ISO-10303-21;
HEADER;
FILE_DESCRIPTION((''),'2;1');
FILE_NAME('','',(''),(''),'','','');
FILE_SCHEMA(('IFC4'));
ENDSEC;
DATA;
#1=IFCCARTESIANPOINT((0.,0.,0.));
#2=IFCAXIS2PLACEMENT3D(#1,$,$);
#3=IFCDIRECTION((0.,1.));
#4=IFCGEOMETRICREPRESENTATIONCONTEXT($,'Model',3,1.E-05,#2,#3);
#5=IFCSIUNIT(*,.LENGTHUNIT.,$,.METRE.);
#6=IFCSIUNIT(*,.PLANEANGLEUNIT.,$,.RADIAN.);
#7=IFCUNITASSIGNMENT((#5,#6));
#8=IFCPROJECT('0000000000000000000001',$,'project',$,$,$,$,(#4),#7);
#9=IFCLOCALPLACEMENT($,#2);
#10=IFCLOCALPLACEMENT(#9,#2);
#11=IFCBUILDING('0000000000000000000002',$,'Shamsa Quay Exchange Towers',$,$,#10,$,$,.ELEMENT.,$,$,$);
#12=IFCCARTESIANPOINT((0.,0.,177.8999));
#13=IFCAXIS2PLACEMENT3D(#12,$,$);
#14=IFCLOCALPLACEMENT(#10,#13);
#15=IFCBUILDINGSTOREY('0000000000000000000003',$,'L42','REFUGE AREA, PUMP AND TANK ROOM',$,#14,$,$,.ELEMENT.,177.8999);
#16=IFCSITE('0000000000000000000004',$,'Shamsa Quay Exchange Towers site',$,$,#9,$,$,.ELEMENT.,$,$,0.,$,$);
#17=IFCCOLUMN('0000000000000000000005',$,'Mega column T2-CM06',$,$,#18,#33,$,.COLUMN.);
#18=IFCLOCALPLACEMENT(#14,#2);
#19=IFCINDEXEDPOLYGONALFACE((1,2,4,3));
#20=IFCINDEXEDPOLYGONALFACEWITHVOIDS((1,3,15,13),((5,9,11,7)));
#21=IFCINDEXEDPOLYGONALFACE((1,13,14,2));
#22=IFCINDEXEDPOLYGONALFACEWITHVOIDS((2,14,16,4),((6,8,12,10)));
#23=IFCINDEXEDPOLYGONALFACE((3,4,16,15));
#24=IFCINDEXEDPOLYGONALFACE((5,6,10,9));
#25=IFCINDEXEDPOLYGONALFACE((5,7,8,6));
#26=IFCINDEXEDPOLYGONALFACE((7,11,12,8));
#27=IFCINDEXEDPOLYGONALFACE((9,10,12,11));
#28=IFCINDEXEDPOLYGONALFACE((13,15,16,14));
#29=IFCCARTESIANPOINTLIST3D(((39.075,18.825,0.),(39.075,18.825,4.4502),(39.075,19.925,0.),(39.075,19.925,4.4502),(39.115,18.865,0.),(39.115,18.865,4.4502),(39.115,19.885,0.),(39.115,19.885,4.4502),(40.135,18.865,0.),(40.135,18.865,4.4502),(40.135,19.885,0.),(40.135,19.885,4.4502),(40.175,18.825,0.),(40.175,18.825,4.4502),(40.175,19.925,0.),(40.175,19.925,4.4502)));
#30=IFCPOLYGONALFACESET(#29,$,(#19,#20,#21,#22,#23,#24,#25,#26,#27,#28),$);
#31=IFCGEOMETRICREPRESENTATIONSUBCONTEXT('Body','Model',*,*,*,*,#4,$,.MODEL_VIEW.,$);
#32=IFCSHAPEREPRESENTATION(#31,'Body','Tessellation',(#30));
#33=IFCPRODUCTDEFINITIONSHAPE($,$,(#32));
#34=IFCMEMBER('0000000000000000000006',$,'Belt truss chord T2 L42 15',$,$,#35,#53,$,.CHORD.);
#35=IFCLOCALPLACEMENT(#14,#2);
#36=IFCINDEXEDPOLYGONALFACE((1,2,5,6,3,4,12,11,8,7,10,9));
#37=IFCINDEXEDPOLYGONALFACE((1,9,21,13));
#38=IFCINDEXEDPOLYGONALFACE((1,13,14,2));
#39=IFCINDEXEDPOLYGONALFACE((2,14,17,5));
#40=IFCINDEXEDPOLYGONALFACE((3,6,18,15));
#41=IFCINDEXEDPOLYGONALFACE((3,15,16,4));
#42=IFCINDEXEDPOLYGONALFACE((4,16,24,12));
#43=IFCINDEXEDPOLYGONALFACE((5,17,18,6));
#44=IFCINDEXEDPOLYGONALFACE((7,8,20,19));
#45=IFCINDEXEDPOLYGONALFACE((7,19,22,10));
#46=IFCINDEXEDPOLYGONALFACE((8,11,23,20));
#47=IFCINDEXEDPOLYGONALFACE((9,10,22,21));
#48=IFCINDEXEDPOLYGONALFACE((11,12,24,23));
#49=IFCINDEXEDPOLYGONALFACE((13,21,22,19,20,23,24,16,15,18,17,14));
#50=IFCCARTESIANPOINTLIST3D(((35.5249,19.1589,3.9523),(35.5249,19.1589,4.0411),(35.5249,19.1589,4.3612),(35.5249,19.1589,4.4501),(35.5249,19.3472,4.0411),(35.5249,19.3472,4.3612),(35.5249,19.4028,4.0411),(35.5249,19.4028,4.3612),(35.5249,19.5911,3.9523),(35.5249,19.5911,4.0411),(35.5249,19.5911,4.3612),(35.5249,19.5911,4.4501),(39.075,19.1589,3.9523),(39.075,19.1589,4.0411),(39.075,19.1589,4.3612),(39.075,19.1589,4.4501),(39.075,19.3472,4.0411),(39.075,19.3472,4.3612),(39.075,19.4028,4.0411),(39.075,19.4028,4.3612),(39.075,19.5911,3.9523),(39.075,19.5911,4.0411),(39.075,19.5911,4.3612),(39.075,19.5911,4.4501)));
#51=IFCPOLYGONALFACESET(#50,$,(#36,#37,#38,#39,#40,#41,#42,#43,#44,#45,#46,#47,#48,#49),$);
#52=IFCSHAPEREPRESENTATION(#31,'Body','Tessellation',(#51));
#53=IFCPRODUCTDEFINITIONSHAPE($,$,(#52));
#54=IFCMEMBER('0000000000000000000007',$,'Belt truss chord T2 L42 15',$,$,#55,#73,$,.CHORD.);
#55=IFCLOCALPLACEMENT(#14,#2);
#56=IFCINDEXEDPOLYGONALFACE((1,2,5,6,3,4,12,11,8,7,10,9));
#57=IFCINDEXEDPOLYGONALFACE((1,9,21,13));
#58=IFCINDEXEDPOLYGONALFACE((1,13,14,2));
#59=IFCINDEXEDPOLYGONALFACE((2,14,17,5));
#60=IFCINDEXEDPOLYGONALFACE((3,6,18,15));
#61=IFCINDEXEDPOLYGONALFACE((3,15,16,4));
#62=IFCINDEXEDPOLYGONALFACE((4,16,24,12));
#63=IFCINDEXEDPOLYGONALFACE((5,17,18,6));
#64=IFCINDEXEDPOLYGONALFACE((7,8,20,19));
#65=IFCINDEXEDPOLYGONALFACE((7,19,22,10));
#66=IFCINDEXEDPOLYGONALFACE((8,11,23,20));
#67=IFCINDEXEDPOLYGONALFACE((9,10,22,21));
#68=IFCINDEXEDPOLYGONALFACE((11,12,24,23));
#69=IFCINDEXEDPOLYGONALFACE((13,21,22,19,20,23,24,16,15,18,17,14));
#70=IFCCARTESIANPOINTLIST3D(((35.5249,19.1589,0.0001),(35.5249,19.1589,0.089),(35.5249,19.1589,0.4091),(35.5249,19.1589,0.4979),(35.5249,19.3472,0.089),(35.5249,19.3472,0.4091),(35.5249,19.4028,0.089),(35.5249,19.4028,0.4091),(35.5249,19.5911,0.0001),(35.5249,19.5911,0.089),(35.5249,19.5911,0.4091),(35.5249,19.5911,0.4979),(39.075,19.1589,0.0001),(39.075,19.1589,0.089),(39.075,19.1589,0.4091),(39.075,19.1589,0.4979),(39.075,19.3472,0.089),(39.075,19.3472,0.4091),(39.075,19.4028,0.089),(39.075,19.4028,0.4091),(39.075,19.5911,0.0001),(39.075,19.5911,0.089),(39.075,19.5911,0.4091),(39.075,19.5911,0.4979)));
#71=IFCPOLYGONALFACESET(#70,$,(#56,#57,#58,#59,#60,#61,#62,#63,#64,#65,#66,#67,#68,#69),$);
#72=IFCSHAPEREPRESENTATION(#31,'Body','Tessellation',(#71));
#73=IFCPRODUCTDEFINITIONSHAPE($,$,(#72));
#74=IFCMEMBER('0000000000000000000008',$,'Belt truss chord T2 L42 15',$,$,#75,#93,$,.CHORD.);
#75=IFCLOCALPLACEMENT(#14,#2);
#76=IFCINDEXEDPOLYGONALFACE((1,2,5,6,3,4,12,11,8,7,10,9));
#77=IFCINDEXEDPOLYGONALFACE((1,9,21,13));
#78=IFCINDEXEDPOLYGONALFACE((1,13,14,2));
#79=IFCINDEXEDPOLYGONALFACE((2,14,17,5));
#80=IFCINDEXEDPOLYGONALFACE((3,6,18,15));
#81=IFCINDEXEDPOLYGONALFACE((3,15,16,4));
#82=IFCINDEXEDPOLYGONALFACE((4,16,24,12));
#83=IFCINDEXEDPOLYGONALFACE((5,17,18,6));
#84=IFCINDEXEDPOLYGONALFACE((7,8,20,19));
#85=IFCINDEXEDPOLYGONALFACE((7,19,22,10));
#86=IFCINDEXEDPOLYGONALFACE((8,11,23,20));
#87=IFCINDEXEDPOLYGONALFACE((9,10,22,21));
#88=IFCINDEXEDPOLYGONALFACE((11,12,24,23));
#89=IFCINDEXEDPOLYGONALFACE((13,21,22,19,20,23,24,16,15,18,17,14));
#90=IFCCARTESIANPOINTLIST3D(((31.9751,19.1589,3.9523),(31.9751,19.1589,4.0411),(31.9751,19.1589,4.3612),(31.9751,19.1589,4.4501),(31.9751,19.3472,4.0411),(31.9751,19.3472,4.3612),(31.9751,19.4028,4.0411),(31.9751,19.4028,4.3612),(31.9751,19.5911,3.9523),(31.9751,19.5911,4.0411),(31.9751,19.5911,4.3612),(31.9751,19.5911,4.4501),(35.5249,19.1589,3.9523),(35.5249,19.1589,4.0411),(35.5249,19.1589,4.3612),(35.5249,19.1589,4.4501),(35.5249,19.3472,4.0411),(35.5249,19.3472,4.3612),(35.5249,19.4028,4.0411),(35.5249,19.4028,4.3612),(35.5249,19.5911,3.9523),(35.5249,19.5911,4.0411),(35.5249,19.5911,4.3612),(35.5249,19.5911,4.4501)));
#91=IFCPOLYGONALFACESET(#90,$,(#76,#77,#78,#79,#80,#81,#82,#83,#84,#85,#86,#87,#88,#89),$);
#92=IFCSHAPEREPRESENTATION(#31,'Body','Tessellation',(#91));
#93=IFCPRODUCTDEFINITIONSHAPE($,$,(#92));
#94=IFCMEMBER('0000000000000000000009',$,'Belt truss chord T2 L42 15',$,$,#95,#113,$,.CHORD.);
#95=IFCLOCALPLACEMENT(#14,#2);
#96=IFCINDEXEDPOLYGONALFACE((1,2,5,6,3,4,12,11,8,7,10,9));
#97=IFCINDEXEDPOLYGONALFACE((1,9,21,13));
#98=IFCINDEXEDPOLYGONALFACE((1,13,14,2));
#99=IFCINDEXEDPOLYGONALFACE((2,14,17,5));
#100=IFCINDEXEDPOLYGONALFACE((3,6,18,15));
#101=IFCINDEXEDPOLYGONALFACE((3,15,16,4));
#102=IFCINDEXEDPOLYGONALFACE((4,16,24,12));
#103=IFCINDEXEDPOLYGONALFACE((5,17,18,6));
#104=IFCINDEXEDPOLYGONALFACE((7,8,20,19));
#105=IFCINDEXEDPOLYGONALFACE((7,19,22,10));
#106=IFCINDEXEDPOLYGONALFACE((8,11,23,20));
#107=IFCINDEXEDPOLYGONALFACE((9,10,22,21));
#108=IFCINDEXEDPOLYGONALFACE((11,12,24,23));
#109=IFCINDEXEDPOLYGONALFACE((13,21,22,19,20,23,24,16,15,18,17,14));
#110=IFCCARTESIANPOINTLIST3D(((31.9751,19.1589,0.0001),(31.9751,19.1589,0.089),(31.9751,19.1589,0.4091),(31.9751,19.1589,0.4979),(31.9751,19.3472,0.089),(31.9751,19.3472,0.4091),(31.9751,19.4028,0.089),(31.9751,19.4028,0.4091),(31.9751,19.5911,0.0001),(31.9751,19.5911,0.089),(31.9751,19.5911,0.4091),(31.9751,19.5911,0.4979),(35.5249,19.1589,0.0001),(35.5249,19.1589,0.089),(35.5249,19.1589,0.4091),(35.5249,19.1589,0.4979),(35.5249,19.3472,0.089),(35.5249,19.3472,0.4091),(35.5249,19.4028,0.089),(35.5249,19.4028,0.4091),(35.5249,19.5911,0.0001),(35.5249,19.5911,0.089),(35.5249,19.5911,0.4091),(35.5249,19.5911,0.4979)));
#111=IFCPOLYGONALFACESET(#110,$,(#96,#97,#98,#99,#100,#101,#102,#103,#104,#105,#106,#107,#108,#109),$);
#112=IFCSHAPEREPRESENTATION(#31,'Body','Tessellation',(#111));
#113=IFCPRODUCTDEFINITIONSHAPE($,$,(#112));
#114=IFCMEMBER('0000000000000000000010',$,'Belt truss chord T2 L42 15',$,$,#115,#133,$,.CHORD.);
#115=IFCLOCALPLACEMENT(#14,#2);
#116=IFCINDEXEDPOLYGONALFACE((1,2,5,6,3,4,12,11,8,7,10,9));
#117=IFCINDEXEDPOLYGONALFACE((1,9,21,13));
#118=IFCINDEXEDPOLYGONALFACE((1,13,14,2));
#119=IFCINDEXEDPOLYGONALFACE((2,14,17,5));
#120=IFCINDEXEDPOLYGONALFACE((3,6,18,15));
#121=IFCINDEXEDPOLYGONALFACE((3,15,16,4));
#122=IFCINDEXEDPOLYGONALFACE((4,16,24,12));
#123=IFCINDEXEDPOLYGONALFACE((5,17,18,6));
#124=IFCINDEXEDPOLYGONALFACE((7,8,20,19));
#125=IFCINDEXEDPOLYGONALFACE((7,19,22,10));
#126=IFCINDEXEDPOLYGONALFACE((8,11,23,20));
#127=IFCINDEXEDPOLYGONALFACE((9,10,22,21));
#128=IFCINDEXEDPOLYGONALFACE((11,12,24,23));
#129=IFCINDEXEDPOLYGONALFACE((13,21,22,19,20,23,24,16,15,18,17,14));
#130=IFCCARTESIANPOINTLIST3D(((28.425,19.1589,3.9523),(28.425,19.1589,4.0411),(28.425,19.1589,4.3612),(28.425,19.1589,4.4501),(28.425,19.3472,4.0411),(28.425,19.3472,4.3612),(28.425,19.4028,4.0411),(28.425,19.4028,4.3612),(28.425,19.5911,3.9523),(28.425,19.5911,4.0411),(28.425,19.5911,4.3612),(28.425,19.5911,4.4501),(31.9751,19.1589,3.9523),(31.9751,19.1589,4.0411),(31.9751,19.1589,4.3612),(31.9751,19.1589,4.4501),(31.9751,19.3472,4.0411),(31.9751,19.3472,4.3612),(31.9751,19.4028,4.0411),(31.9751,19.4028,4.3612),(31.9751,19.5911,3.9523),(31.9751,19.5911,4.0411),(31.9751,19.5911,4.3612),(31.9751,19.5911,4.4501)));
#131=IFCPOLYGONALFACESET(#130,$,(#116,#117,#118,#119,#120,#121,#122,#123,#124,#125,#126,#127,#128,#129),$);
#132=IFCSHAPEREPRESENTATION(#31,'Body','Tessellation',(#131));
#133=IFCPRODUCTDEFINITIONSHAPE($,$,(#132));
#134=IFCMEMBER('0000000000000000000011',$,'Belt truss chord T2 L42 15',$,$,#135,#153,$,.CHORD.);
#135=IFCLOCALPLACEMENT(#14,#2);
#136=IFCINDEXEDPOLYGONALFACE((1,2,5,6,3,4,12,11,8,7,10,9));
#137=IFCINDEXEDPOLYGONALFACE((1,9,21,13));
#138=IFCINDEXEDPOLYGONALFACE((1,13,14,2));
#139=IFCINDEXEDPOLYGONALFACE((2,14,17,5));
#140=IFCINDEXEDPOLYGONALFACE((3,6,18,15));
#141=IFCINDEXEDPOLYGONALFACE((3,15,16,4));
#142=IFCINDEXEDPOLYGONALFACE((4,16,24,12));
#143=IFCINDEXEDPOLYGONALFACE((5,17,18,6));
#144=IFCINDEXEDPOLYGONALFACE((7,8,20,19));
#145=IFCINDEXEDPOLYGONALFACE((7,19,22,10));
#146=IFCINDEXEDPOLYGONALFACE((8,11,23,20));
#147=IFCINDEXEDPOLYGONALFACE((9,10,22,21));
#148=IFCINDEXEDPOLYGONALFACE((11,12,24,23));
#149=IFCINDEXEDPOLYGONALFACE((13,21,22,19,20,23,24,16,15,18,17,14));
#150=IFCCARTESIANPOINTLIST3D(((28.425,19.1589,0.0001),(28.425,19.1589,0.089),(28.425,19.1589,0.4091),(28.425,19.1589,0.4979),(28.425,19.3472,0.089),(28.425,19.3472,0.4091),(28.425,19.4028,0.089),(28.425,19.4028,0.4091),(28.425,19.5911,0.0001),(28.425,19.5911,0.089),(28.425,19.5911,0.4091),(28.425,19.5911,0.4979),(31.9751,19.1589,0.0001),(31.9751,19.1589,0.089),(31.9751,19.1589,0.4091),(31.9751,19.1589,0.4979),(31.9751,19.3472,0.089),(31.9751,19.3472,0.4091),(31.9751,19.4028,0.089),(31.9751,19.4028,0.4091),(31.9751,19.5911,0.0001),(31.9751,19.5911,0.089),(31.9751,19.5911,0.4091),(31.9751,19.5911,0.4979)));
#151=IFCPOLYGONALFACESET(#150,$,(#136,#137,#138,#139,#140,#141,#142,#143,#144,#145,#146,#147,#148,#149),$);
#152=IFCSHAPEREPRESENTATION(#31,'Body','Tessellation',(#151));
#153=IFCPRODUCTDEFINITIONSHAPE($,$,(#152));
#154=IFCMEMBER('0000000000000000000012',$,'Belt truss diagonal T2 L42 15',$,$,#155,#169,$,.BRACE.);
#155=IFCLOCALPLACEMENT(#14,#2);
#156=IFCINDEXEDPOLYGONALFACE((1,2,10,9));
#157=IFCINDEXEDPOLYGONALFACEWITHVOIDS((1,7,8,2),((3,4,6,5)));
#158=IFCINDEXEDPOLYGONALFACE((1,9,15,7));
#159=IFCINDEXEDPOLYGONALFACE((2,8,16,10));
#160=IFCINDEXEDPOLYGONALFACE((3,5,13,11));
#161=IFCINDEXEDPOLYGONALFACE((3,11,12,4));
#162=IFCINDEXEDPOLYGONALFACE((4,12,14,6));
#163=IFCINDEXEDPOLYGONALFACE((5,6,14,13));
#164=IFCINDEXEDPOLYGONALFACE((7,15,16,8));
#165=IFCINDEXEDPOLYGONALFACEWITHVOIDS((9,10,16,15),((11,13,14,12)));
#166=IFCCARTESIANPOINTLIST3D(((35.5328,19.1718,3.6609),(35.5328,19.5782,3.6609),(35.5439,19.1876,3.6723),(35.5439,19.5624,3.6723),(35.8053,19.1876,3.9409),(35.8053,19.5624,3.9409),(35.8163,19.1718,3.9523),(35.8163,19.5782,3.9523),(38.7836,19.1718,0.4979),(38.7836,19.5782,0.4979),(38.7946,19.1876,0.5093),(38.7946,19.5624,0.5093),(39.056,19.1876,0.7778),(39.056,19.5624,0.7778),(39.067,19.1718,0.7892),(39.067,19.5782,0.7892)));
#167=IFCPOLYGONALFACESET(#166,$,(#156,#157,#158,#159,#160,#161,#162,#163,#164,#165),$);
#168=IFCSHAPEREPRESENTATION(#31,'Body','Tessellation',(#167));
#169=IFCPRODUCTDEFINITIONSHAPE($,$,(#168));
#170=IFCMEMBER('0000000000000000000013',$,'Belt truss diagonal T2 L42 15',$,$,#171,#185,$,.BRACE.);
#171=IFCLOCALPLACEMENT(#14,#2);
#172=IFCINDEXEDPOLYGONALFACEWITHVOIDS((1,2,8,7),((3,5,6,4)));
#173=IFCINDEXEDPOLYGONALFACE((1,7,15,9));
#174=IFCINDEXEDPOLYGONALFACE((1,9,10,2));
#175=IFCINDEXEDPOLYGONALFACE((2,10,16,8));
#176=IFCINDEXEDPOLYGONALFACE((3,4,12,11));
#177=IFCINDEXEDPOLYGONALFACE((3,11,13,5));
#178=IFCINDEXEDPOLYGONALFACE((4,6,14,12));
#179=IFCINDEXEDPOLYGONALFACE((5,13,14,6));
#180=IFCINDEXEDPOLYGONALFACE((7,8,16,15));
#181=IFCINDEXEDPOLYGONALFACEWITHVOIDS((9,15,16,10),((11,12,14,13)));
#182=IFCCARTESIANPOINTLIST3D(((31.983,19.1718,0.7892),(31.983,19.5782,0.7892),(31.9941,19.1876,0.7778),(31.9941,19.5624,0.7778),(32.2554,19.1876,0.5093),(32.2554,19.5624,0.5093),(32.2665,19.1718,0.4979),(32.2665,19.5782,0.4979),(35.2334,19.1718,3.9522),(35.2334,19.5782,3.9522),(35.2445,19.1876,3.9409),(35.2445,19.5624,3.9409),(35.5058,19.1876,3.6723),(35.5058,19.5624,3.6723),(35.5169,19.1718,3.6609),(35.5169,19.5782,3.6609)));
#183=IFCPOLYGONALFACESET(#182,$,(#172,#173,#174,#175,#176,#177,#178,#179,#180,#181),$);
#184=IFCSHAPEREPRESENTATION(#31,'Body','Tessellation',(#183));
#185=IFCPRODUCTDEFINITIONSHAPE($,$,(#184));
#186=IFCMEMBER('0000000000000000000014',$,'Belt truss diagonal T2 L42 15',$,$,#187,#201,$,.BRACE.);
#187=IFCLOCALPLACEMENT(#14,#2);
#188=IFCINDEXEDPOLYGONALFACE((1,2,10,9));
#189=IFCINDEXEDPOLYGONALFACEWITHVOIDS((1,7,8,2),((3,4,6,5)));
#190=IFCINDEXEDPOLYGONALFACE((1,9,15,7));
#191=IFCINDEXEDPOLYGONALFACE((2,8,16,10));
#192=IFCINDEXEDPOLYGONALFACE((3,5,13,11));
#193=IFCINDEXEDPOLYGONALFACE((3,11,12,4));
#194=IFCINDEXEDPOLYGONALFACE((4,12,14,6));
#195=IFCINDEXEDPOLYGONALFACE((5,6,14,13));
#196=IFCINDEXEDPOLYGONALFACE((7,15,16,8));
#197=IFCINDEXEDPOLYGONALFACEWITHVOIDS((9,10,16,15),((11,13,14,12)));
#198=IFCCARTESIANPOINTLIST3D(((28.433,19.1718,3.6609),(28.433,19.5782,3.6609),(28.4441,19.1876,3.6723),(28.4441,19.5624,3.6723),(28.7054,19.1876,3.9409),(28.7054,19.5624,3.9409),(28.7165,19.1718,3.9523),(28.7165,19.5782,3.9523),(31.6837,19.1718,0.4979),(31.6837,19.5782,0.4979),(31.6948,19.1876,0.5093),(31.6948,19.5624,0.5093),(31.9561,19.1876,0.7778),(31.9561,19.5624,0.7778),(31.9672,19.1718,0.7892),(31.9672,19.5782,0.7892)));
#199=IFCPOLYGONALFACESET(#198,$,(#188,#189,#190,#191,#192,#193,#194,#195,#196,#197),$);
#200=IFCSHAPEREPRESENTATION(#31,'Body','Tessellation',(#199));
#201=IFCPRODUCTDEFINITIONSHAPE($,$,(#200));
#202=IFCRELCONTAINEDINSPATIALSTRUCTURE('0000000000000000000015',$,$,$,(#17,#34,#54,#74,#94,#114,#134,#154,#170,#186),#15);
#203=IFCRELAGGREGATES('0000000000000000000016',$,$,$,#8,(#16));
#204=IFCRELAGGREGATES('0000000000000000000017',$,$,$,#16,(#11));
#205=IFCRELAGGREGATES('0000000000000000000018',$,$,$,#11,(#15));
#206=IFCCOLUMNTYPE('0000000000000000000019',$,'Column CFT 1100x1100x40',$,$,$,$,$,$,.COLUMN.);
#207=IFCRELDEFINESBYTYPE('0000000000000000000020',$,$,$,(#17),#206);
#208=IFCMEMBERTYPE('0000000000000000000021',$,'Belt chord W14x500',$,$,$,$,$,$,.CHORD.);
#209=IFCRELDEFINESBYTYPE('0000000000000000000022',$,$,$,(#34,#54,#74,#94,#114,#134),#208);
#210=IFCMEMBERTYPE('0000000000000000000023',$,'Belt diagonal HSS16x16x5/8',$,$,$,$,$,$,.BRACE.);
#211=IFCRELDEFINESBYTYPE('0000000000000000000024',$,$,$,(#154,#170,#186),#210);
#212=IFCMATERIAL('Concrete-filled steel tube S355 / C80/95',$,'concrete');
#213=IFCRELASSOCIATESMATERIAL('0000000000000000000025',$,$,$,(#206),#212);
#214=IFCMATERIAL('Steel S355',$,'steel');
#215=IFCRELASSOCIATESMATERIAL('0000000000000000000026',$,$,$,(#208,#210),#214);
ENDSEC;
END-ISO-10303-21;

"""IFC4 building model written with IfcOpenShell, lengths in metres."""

from ifc_helpers import new_model, si_unit, direction, frame, origin, origin_2d, place, context, subcontext, project, spatial, hollow_rectangle, i_section, extrude, material, material_profile, profile_set, type_object, element, save


model = new_model("IFC4")

# Units and contexts
model_context = context("Model", 3, precision=1e-05, world=origin(), true_north=direction((0.0, 1.0)))
body_context = subcontext(model_context, "Body", "Model", "MODEL_VIEW")
ifc_project = project(units=[si_unit("LENGTHUNIT", "METRE"), si_unit("PLANEANGLEUNIT", "RADIAN")], contexts=[model_context])

# Site, building, storey
site_placement = place(None, origin())
site = spatial("IfcSite", under=ifc_project, at=site_placement, Name="Shamsa Quay Exchange Towers site", CompositionType="ELEMENT", RefElevation=0.0)
building_placement = place(site_placement, origin())
building = spatial("IfcBuilding", under=site, at=building_placement, Name="Shamsa Quay Exchange Towers", CompositionType="ELEMENT")
storey_placement = place(building_placement, frame((0.0, 0.0, 177.8999)))
storey = spatial("IfcBuildingStorey", under=building, at=storey_placement, Name="L42", Description="REFUGE AREA, PUMP AND TANK ROOM", CompositionType="ELEMENT", Elevation=177.8999)

# Column
ifc_material_1 = material(Name="Concrete-filled steel tube S355 / C80/95", Category="concrete")
ifc_material_profile_1 = material_profile(ifc_material_1, hollow_rectangle(XDim=1.1001, YDim=1.1001, WallThickness=0.04, at=origin_2d()), Name="CFT 1100x1100x40")
ifc_profile_set_1 = profile_set([ifc_material_profile_1], Name="Concrete-filled steel tube S355 / C80/95")
column_type = type_object("IfcColumnType", Name="Column CFT 1100x1100x40", PredefinedType="COLUMN", material=ifc_profile_set_1)
column_placement = place(storey_placement, frame((39.625, 19.375, 0.0)))
element("IfcColumn", 1, at=column_placement, inside=storey, type_object=column_type, Name="Mega column T2-CM06", PredefinedType="COLUMN", context=body_context, shape_type="SweptSolid", body=[
    extrude(hollow_rectangle(XDim=1.1001, YDim=1.1001, WallThickness=0.04, at=origin_2d()), origin(), (0.0, 0.0, 1.0), 4.4502),
])

# Members
ifc_material_2 = material(Name="Steel S355", Category="steel")
ifc_material_profile_2 = material_profile(ifc_material_2, i_section(OverallWidth=0.4321, OverallDepth=0.4978, WebThickness=0.0557, FlangeThickness=0.0889, at=origin_2d()), Name="W14x500")
ifc_profile_set_2 = profile_set([ifc_material_profile_2], Name="Steel S355")
member_type_1 = type_object("IfcMemberType", Name="Belt chord W14x500", PredefinedType="CHORD", material=ifc_profile_set_2)
for number, where, z_axis, x_axis, name in (
    (2, (39.075, 19.375, 4.2012), (-1.0, 0.0, 0.0), (0.0, -1.0, 0.0), "Belt truss chord T2 L42 15"),
    (3, (39.075, 19.375, 0.249), (-1.0, 0.0, 0.0), (0.0, -1.0, 0.0), "Belt truss chord T2 L42 15"),
):
    element("IfcMember", number, at=place(storey_placement, frame(where, z_axis=z_axis, x_axis=x_axis)), inside=storey, type_object=member_type_1, Name=name, PredefinedType="CHORD", context=body_context, shape_type="SweptSolid", body=[
        extrude(i_section(OverallWidth=0.4321, OverallDepth=0.4978, WebThickness=0.0557, FlangeThickness=0.0889, at=origin_2d()), origin(), (0.0, 0.0, 1.0), 3.55),
    ])
for number, where, z_axis, x_axis, name in (
    (4, (35.5249, 19.375, 4.2012), (-1.0, 0.0, 0.0), (0.0, -1.0, 0.0), "Belt truss chord T2 L42 15"),
    (5, (35.5249, 19.375, 0.249), (-1.0, 0.0, 0.0), (0.0, -1.0, 0.0), "Belt truss chord T2 L42 15"),
):
    element("IfcMember", number, at=place(storey_placement, frame(where, z_axis=z_axis, x_axis=x_axis)), inside=storey, type_object=member_type_1, Name=name, PredefinedType="CHORD", context=body_context, shape_type="SweptSolid", body=[
        extrude(i_section(OverallWidth=0.4321, OverallDepth=0.4978, WebThickness=0.0557, FlangeThickness=0.0889, at=origin_2d()), origin(), (0.0, 0.0, 1.0), 3.5498),
    ])
for number, where, z_axis, x_axis, name in (
    (6, (31.9751, 19.375, 4.2012), (-1.0, 0.0, 0.0), (0.0, -1.0, 0.0), "Belt truss chord T2 L42 15"),
    (7, (31.9751, 19.375, 0.249), (-1.0, 0.0, 0.0), (0.0, -1.0, 0.0), "Belt truss chord T2 L42 15"),
):
    element("IfcMember", number, at=place(storey_placement, frame(where, z_axis=z_axis, x_axis=x_axis)), inside=storey, type_object=member_type_1, Name=name, PredefinedType="CHORD", context=body_context, shape_type="SweptSolid", body=[
        extrude(i_section(OverallWidth=0.4321, OverallDepth=0.4978, WebThickness=0.0557, FlangeThickness=0.0889, at=origin_2d()), origin(), (0.0, 0.0, 1.0), 3.55),
    ])
ifc_material_profile_3 = material_profile(ifc_material_2, hollow_rectangle(XDim=0.4065, YDim=0.4065, WallThickness=0.0159, at=origin_2d()), Name="HSS16x16x5/8")
ifc_profile_set_3 = profile_set([ifc_material_profile_3], Name="Steel S355")
member_type_2 = type_object("IfcMemberType", Name="Belt diagonal HSS16x16x5/8", PredefinedType="BRACE", material=ifc_profile_set_3)
member_1_placement = place(storey_placement, frame((38.9253, 19.375, 0.6436), z_axis=(-0.716703, 0.0, 0.697379), x_axis=(0.0, -1.0, 0.0)))
element("IfcMember", 8, at=member_1_placement, inside=storey, type_object=member_type_2, Name="Belt truss diagonal T2 L42 15", PredefinedType="BRACE", context=body_context, shape_type="SweptSolid", body=[
    extrude(hollow_rectangle(XDim=0.4065, YDim=0.4065, WallThickness=0.0159, at=origin_2d()), origin(), (0.0, 0.0, 1.0), 4.5356),
])
member_2_placement = place(storey_placement, frame((32.1248, 19.375, 0.6436), z_axis=(0.716676, 0.0, 0.697406), x_axis=(0.0, 1.0, 0.0)))
element("IfcMember", 9, at=member_2_placement, inside=storey, type_object=member_type_2, Name="Belt truss diagonal T2 L42 15", PredefinedType="BRACE", context=body_context, shape_type="SweptSolid", body=[
    extrude(hollow_rectangle(XDim=0.4065, YDim=0.4065, WallThickness=0.0159, at=origin_2d()), origin(), (0.0, 0.0, 1.0), 4.5354),
])
member_3_placement = place(storey_placement, frame((31.8254, 19.375, 0.6436), z_axis=(-0.716703, 0.0, 0.697379), x_axis=(0.0, -1.0, 0.0)))
element("IfcMember", 10, at=member_3_placement, inside=storey, type_object=member_type_2, Name="Belt truss diagonal T2 L42 15", PredefinedType="BRACE", context=body_context, shape_type="SweptSolid", body=[
    extrude(hollow_rectangle(XDim=0.4065, YDim=0.4065, WallThickness=0.0159, at=origin_2d()), origin(), (0.0, 0.0, 1.0), 4.5356),
])

save(model, "model.ifc")
